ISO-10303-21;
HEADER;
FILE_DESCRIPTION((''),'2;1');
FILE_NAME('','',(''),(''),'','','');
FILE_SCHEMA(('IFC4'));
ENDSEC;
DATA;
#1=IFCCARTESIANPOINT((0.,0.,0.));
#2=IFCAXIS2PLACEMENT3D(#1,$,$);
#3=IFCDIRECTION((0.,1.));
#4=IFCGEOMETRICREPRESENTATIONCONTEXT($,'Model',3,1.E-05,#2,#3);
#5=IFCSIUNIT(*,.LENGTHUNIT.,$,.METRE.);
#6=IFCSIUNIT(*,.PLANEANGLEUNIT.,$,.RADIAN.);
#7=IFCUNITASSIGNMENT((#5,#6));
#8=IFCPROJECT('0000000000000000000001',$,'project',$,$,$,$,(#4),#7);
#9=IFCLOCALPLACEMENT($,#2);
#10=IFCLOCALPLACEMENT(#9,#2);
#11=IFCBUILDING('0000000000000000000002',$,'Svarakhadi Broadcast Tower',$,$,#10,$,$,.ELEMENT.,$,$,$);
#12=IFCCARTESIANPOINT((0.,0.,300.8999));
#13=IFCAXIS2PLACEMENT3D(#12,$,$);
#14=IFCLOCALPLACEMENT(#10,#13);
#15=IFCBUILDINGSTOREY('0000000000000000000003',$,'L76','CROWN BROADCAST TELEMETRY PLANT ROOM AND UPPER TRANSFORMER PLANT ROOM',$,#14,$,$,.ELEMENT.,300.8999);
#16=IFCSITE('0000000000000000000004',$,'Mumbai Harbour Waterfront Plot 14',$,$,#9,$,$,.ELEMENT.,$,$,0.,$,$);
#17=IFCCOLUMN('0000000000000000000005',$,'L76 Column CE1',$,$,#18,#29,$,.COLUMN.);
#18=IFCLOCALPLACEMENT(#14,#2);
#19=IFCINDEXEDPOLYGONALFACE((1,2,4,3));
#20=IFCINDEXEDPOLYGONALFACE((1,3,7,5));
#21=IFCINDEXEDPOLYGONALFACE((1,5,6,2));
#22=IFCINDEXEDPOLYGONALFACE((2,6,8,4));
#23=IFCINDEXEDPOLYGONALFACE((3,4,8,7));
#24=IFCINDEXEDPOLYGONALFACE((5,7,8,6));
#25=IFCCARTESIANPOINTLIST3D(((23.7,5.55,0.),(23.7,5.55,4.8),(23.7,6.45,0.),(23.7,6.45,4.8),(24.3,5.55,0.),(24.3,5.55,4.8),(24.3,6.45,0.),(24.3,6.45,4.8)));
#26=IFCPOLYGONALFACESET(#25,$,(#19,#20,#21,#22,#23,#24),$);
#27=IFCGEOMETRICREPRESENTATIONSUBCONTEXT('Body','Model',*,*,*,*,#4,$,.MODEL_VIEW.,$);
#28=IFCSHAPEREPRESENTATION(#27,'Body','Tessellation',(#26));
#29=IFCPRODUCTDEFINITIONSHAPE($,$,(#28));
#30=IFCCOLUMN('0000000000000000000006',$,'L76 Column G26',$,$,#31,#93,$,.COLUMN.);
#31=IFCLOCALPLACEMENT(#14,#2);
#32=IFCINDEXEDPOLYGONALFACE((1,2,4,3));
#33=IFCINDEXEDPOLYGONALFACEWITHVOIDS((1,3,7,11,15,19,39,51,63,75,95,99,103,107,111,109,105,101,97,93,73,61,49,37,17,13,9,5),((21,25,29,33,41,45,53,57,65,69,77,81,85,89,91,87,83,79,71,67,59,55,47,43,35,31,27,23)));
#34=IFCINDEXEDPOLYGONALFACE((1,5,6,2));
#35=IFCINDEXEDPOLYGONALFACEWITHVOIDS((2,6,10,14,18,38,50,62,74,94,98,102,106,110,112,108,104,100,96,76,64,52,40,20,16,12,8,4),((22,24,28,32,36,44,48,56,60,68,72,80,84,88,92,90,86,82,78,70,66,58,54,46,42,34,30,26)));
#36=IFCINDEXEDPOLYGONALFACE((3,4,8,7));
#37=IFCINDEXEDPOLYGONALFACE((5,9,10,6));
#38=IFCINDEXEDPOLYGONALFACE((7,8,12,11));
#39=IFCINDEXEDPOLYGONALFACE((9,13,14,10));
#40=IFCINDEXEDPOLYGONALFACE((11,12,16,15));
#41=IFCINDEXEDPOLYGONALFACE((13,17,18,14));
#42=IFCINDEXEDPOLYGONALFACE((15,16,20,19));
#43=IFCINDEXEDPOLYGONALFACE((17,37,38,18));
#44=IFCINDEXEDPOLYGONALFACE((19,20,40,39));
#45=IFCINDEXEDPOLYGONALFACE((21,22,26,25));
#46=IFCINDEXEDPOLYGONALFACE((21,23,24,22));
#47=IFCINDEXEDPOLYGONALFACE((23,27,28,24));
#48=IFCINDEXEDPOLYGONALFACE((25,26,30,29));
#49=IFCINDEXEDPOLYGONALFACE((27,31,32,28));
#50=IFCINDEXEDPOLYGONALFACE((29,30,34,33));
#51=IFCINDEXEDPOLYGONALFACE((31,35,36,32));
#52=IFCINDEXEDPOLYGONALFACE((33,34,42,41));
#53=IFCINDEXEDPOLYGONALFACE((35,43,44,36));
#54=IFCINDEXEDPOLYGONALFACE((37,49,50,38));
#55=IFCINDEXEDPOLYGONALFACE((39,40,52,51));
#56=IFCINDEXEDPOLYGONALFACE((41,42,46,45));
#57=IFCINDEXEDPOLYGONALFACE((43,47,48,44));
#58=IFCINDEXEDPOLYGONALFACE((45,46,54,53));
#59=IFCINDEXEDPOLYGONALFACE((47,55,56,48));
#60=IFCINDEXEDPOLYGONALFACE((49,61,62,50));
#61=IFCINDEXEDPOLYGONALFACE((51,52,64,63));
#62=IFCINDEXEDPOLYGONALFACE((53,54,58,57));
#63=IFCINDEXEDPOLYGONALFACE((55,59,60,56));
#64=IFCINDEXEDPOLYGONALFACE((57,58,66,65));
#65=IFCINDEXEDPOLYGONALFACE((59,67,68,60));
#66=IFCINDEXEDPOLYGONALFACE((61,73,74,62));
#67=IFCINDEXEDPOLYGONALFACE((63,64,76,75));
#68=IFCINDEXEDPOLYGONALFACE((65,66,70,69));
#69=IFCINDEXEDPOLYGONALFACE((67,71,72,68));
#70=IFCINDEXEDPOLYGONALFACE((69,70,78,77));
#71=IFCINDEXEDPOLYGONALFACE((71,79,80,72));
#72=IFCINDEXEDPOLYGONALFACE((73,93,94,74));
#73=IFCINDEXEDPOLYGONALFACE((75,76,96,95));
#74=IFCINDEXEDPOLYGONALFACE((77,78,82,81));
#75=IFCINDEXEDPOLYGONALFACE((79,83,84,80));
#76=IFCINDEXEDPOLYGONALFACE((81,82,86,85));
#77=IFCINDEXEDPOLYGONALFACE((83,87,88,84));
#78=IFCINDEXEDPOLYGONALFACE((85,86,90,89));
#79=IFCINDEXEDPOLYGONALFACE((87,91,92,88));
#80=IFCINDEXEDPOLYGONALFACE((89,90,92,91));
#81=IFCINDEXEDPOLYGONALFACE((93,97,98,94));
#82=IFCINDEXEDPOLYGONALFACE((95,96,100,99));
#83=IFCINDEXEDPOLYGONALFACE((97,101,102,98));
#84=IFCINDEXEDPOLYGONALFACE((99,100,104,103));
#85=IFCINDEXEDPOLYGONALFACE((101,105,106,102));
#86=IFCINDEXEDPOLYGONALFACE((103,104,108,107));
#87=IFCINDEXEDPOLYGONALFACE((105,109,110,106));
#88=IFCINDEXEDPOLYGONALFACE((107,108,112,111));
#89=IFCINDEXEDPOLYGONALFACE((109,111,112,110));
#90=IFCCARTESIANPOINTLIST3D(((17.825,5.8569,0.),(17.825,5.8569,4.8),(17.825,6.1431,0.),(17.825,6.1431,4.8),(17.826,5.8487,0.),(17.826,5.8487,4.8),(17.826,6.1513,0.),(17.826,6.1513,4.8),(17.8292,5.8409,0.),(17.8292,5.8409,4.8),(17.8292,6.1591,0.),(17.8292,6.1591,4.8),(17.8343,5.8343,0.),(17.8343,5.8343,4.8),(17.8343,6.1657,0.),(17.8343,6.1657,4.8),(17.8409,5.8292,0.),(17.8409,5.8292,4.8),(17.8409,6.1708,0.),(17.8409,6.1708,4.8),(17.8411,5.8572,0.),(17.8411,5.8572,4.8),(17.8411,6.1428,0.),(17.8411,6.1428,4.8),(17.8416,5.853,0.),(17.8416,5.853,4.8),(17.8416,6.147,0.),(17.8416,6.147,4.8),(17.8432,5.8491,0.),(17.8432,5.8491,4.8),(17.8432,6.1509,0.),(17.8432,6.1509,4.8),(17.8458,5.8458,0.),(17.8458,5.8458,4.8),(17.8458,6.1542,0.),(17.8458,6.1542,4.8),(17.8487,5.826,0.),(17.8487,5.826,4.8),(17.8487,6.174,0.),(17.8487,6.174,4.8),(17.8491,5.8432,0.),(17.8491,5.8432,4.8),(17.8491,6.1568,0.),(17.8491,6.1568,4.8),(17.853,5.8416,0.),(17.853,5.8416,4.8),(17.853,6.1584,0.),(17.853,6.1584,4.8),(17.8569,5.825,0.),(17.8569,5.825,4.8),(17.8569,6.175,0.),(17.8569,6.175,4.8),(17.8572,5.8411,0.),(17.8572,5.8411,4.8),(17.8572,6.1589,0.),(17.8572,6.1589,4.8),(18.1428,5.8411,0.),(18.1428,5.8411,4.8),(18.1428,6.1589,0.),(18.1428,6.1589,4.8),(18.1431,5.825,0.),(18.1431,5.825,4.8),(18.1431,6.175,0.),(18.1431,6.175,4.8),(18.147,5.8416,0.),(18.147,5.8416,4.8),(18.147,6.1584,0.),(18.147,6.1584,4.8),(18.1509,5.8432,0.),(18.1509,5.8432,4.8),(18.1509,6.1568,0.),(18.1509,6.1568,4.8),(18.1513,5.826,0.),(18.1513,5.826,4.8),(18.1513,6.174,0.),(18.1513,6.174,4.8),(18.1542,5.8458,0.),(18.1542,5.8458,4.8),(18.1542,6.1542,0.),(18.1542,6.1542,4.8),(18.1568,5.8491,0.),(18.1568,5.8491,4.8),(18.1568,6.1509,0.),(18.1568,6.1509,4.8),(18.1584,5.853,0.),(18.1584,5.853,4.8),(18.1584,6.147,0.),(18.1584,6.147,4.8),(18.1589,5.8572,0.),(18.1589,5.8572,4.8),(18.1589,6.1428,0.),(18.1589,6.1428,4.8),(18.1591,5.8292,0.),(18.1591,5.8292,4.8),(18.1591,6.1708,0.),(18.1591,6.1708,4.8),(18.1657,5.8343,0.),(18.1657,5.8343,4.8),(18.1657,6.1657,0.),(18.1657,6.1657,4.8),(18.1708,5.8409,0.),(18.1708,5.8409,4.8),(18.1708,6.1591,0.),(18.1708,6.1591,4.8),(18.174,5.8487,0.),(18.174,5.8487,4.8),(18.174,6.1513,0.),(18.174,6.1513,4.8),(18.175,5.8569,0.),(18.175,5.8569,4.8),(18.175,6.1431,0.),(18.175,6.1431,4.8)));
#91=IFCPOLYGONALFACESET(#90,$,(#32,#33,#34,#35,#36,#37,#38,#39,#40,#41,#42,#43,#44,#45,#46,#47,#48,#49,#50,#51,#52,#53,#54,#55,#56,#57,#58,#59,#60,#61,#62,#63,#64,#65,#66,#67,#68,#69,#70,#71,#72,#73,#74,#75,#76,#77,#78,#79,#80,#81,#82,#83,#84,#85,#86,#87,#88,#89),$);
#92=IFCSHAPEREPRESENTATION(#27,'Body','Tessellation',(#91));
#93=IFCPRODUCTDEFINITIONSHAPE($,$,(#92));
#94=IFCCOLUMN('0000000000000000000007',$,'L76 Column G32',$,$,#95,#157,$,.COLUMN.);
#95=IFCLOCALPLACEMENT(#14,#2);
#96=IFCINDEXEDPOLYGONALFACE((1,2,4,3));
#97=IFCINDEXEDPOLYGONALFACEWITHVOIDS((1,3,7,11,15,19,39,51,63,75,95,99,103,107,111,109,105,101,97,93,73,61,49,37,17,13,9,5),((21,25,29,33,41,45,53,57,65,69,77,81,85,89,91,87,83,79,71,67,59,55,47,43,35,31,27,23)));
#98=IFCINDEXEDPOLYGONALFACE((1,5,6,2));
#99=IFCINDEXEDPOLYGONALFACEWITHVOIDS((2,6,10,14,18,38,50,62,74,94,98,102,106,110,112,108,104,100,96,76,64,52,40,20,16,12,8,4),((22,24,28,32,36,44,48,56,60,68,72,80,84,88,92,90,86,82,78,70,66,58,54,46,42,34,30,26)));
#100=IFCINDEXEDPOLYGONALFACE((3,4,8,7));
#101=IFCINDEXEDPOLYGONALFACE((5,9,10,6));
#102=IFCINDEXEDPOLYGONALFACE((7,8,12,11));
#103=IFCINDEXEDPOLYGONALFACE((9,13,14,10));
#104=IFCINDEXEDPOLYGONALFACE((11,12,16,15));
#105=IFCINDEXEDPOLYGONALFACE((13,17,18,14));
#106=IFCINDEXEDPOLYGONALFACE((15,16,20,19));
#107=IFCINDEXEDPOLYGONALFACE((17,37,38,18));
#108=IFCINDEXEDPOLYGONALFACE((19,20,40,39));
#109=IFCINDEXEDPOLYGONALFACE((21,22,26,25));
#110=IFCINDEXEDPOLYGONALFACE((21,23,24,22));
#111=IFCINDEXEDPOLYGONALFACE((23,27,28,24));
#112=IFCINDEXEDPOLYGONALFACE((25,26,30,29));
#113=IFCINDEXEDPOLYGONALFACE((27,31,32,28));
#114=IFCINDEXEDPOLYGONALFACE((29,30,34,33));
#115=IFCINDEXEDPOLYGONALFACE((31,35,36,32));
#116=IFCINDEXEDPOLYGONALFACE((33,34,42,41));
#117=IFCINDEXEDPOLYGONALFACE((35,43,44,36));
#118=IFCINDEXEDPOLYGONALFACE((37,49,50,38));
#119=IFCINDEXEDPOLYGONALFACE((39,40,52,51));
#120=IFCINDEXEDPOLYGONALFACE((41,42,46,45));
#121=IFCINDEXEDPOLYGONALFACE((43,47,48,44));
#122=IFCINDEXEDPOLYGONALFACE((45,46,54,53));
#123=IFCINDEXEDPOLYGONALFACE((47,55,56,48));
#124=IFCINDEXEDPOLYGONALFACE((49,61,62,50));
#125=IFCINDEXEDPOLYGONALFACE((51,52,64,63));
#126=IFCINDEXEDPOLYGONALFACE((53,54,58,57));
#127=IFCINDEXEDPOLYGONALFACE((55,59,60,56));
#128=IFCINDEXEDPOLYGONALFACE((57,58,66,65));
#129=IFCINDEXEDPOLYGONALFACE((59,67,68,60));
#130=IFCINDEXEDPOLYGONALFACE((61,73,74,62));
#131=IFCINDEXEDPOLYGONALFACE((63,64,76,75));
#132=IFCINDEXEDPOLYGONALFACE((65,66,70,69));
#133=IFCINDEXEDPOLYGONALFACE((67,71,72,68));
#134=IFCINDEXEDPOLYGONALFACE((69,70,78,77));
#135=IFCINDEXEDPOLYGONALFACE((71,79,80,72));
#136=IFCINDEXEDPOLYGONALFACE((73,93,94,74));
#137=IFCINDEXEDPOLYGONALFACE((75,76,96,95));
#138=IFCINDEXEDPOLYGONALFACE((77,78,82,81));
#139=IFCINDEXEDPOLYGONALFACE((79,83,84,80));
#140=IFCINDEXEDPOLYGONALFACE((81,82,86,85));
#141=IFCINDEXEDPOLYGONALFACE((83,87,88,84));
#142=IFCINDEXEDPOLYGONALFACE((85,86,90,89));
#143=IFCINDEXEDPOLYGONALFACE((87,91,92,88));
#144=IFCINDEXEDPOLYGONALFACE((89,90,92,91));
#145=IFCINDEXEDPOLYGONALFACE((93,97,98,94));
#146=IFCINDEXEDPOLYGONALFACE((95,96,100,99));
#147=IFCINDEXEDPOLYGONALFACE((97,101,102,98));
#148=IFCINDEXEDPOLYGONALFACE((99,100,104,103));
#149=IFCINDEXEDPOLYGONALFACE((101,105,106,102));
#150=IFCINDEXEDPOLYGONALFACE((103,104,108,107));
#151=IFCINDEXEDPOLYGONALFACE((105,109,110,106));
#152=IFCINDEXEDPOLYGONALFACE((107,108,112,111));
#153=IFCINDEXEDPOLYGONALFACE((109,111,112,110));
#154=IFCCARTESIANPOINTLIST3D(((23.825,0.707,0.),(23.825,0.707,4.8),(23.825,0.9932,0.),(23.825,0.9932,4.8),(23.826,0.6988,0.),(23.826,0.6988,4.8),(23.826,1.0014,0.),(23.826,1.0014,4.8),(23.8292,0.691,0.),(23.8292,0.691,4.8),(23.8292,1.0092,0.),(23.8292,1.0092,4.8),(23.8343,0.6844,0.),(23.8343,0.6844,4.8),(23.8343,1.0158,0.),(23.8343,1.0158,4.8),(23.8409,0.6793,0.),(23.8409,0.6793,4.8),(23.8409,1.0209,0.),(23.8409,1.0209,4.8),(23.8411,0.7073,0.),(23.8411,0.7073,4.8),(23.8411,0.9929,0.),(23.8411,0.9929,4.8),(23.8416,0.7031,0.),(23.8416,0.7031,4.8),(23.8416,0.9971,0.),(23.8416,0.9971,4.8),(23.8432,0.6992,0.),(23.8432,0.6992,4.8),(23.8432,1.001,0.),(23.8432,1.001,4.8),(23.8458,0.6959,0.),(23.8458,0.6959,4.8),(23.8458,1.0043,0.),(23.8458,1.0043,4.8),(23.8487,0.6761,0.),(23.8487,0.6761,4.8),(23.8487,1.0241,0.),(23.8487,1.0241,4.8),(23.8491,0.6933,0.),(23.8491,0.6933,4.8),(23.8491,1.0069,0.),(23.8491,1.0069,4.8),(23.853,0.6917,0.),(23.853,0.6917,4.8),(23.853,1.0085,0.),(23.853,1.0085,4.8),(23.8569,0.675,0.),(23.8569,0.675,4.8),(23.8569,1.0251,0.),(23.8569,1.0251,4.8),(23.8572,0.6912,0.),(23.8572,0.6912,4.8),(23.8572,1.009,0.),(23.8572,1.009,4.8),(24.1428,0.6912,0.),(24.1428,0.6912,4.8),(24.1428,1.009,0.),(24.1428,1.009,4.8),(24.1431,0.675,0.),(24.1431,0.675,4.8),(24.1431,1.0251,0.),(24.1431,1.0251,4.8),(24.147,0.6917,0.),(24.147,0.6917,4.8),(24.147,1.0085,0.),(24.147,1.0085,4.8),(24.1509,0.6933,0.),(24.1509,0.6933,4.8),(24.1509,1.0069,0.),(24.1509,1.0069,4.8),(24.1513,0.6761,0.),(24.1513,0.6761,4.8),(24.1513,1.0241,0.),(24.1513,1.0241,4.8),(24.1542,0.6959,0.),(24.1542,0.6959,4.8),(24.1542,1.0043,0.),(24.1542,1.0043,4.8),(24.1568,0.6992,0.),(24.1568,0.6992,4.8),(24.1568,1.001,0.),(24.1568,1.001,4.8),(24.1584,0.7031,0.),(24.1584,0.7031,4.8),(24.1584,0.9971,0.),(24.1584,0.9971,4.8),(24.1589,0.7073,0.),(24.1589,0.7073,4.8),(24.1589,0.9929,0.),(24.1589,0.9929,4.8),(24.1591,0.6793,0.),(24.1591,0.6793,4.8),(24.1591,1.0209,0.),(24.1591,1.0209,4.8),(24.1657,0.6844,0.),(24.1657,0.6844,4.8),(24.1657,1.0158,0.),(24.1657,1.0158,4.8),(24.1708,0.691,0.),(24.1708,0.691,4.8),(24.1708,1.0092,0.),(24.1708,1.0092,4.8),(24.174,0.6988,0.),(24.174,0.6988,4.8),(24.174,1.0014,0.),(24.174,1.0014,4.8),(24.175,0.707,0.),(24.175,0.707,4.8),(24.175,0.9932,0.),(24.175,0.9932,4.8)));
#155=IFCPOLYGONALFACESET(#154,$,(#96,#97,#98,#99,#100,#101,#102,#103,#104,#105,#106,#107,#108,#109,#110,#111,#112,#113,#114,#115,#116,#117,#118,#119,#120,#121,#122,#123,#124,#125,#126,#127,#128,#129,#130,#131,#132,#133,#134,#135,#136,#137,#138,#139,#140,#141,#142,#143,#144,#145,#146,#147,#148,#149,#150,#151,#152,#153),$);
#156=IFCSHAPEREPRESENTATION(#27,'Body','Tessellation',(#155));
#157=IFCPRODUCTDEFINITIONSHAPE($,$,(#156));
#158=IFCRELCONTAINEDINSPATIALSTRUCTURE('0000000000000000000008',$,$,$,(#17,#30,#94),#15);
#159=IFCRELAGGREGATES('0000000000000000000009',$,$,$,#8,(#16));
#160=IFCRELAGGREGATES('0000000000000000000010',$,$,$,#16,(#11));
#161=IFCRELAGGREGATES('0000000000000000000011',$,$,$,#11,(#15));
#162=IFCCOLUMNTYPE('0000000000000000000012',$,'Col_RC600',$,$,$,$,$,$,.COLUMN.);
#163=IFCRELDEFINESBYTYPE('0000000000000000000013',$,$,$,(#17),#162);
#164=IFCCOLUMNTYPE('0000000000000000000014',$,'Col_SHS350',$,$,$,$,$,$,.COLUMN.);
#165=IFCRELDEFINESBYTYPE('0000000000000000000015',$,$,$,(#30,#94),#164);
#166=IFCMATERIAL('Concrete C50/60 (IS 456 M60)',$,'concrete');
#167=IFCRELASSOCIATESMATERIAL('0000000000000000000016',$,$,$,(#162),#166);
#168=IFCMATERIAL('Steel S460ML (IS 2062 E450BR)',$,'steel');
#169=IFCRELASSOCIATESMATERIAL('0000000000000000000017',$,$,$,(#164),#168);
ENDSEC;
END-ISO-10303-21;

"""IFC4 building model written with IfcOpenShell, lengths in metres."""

from ifc_helpers import new_model, si_unit, direction, frame, origin, origin_2d, place, context, subcontext, project, spatial, rectangle, hollow_rectangle, extrude, material, material_profile, profile_set, type_object, element, save


model = new_model("IFC4")

# Units and contexts
model_context = context("Model", 3, precision=1e-05, world=origin(), true_north=direction((0.0, 1.0)))
body_context = subcontext(model_context, "Body", "Model", "MODEL_VIEW")
ifc_project = project(units=[si_unit("LENGTHUNIT", "METRE"), si_unit("PLANEANGLEUNIT", "RADIAN")], contexts=[model_context])

# Site, building, storey
site_placement = place(None, origin())
site = spatial("IfcSite", under=ifc_project, at=site_placement, Name="Mumbai Harbour Waterfront Plot 14", CompositionType="ELEMENT", RefElevation=0.0)
building_placement = place(site_placement, origin())
building = spatial("IfcBuilding", under=site, at=building_placement, Name="Svarakhadi Broadcast Tower", CompositionType="ELEMENT")
storey_placement = place(building_placement, frame((0.0, 0.0, 300.8999)))
storey = spatial("IfcBuildingStorey", under=building, at=storey_placement, Name="L76", Description="CROWN BROADCAST TELEMETRY PLANT ROOM AND UPPER TRANSFORMER PLANT ROOM", CompositionType="ELEMENT", Elevation=300.8999)

# Columns
ifc_material_1 = material(Name="Concrete C50/60 (IS 456 M60)", Category="concrete")
ifc_material_profile_1 = material_profile(ifc_material_1, rectangle(XDim=0.6001, YDim=0.8999, at=origin_2d()), Name="RC 600x900")
ifc_profile_set_1 = profile_set([ifc_material_profile_1], Name="Concrete C50/60 (IS 456 M60)")
column_type_1 = type_object("IfcColumnType", Name="Col_RC600", PredefinedType="COLUMN", material=ifc_profile_set_1)
column_placement = place(storey_placement, frame((24.0, 6.0, 0.0), z_axis=(0.0, 0.0, 1.0), x_axis=(1.0, 0.0, 0.0)))
element("IfcColumn", 1, at=column_placement, inside=storey, type_object=column_type_1, Name="L76 Column CE1", PredefinedType="COLUMN", context=body_context, shape_type="SweptSolid", body=[
    extrude(rectangle(XDim=0.6001, YDim=0.8999, at=origin_2d()), origin(), (0.0, 0.0, 1.0), 4.8),
])
ifc_material_2 = material(Name="Steel S460ML (IS 2062 E450BR)", Category="steel")
ifc_material_profile_2 = material_profile(ifc_material_2, hollow_rectangle(XDim=0.3501, YDim=0.3501, WallThickness=0.0161, InnerFilletRadius=0.0161, OuterFilletRadius=0.032, at=origin_2d()), Name="SHS 350x350x16")
ifc_profile_set_2 = profile_set([ifc_material_profile_2], Name="Steel S460ML (IS 2062 E450BR)")
column_type_2 = type_object("IfcColumnType", Name="Col_SHS350", PredefinedType="COLUMN", material=ifc_profile_set_2)
for number, where, z_axis, x_axis, name in (
    (2, (18.0, 6.0, 0.0), (0.0, 0.0, 1.0), (1.0, 0.0, 0.0), "L76 Column G26"),
    (3, (24.0, 0.8501, 0.0), (0.0, 0.0, 1.0), (1.0, 0.0, 0.0), "L76 Column G32"),
):
    element("IfcColumn", number, at=place(storey_placement, frame(where, z_axis=z_axis, x_axis=x_axis)), inside=storey, type_object=column_type_2, Name=name, PredefinedType="COLUMN", context=body_context, shape_type="SweptSolid", body=[
        extrude(hollow_rectangle(XDim=0.3501, YDim=0.3501, WallThickness=0.0161, InnerFilletRadius=0.0161, OuterFilletRadius=0.032, at=origin_2d()), origin(), (0.0, 0.0, 1.0), 4.8),
    ])

save(model, "model.ifc")
